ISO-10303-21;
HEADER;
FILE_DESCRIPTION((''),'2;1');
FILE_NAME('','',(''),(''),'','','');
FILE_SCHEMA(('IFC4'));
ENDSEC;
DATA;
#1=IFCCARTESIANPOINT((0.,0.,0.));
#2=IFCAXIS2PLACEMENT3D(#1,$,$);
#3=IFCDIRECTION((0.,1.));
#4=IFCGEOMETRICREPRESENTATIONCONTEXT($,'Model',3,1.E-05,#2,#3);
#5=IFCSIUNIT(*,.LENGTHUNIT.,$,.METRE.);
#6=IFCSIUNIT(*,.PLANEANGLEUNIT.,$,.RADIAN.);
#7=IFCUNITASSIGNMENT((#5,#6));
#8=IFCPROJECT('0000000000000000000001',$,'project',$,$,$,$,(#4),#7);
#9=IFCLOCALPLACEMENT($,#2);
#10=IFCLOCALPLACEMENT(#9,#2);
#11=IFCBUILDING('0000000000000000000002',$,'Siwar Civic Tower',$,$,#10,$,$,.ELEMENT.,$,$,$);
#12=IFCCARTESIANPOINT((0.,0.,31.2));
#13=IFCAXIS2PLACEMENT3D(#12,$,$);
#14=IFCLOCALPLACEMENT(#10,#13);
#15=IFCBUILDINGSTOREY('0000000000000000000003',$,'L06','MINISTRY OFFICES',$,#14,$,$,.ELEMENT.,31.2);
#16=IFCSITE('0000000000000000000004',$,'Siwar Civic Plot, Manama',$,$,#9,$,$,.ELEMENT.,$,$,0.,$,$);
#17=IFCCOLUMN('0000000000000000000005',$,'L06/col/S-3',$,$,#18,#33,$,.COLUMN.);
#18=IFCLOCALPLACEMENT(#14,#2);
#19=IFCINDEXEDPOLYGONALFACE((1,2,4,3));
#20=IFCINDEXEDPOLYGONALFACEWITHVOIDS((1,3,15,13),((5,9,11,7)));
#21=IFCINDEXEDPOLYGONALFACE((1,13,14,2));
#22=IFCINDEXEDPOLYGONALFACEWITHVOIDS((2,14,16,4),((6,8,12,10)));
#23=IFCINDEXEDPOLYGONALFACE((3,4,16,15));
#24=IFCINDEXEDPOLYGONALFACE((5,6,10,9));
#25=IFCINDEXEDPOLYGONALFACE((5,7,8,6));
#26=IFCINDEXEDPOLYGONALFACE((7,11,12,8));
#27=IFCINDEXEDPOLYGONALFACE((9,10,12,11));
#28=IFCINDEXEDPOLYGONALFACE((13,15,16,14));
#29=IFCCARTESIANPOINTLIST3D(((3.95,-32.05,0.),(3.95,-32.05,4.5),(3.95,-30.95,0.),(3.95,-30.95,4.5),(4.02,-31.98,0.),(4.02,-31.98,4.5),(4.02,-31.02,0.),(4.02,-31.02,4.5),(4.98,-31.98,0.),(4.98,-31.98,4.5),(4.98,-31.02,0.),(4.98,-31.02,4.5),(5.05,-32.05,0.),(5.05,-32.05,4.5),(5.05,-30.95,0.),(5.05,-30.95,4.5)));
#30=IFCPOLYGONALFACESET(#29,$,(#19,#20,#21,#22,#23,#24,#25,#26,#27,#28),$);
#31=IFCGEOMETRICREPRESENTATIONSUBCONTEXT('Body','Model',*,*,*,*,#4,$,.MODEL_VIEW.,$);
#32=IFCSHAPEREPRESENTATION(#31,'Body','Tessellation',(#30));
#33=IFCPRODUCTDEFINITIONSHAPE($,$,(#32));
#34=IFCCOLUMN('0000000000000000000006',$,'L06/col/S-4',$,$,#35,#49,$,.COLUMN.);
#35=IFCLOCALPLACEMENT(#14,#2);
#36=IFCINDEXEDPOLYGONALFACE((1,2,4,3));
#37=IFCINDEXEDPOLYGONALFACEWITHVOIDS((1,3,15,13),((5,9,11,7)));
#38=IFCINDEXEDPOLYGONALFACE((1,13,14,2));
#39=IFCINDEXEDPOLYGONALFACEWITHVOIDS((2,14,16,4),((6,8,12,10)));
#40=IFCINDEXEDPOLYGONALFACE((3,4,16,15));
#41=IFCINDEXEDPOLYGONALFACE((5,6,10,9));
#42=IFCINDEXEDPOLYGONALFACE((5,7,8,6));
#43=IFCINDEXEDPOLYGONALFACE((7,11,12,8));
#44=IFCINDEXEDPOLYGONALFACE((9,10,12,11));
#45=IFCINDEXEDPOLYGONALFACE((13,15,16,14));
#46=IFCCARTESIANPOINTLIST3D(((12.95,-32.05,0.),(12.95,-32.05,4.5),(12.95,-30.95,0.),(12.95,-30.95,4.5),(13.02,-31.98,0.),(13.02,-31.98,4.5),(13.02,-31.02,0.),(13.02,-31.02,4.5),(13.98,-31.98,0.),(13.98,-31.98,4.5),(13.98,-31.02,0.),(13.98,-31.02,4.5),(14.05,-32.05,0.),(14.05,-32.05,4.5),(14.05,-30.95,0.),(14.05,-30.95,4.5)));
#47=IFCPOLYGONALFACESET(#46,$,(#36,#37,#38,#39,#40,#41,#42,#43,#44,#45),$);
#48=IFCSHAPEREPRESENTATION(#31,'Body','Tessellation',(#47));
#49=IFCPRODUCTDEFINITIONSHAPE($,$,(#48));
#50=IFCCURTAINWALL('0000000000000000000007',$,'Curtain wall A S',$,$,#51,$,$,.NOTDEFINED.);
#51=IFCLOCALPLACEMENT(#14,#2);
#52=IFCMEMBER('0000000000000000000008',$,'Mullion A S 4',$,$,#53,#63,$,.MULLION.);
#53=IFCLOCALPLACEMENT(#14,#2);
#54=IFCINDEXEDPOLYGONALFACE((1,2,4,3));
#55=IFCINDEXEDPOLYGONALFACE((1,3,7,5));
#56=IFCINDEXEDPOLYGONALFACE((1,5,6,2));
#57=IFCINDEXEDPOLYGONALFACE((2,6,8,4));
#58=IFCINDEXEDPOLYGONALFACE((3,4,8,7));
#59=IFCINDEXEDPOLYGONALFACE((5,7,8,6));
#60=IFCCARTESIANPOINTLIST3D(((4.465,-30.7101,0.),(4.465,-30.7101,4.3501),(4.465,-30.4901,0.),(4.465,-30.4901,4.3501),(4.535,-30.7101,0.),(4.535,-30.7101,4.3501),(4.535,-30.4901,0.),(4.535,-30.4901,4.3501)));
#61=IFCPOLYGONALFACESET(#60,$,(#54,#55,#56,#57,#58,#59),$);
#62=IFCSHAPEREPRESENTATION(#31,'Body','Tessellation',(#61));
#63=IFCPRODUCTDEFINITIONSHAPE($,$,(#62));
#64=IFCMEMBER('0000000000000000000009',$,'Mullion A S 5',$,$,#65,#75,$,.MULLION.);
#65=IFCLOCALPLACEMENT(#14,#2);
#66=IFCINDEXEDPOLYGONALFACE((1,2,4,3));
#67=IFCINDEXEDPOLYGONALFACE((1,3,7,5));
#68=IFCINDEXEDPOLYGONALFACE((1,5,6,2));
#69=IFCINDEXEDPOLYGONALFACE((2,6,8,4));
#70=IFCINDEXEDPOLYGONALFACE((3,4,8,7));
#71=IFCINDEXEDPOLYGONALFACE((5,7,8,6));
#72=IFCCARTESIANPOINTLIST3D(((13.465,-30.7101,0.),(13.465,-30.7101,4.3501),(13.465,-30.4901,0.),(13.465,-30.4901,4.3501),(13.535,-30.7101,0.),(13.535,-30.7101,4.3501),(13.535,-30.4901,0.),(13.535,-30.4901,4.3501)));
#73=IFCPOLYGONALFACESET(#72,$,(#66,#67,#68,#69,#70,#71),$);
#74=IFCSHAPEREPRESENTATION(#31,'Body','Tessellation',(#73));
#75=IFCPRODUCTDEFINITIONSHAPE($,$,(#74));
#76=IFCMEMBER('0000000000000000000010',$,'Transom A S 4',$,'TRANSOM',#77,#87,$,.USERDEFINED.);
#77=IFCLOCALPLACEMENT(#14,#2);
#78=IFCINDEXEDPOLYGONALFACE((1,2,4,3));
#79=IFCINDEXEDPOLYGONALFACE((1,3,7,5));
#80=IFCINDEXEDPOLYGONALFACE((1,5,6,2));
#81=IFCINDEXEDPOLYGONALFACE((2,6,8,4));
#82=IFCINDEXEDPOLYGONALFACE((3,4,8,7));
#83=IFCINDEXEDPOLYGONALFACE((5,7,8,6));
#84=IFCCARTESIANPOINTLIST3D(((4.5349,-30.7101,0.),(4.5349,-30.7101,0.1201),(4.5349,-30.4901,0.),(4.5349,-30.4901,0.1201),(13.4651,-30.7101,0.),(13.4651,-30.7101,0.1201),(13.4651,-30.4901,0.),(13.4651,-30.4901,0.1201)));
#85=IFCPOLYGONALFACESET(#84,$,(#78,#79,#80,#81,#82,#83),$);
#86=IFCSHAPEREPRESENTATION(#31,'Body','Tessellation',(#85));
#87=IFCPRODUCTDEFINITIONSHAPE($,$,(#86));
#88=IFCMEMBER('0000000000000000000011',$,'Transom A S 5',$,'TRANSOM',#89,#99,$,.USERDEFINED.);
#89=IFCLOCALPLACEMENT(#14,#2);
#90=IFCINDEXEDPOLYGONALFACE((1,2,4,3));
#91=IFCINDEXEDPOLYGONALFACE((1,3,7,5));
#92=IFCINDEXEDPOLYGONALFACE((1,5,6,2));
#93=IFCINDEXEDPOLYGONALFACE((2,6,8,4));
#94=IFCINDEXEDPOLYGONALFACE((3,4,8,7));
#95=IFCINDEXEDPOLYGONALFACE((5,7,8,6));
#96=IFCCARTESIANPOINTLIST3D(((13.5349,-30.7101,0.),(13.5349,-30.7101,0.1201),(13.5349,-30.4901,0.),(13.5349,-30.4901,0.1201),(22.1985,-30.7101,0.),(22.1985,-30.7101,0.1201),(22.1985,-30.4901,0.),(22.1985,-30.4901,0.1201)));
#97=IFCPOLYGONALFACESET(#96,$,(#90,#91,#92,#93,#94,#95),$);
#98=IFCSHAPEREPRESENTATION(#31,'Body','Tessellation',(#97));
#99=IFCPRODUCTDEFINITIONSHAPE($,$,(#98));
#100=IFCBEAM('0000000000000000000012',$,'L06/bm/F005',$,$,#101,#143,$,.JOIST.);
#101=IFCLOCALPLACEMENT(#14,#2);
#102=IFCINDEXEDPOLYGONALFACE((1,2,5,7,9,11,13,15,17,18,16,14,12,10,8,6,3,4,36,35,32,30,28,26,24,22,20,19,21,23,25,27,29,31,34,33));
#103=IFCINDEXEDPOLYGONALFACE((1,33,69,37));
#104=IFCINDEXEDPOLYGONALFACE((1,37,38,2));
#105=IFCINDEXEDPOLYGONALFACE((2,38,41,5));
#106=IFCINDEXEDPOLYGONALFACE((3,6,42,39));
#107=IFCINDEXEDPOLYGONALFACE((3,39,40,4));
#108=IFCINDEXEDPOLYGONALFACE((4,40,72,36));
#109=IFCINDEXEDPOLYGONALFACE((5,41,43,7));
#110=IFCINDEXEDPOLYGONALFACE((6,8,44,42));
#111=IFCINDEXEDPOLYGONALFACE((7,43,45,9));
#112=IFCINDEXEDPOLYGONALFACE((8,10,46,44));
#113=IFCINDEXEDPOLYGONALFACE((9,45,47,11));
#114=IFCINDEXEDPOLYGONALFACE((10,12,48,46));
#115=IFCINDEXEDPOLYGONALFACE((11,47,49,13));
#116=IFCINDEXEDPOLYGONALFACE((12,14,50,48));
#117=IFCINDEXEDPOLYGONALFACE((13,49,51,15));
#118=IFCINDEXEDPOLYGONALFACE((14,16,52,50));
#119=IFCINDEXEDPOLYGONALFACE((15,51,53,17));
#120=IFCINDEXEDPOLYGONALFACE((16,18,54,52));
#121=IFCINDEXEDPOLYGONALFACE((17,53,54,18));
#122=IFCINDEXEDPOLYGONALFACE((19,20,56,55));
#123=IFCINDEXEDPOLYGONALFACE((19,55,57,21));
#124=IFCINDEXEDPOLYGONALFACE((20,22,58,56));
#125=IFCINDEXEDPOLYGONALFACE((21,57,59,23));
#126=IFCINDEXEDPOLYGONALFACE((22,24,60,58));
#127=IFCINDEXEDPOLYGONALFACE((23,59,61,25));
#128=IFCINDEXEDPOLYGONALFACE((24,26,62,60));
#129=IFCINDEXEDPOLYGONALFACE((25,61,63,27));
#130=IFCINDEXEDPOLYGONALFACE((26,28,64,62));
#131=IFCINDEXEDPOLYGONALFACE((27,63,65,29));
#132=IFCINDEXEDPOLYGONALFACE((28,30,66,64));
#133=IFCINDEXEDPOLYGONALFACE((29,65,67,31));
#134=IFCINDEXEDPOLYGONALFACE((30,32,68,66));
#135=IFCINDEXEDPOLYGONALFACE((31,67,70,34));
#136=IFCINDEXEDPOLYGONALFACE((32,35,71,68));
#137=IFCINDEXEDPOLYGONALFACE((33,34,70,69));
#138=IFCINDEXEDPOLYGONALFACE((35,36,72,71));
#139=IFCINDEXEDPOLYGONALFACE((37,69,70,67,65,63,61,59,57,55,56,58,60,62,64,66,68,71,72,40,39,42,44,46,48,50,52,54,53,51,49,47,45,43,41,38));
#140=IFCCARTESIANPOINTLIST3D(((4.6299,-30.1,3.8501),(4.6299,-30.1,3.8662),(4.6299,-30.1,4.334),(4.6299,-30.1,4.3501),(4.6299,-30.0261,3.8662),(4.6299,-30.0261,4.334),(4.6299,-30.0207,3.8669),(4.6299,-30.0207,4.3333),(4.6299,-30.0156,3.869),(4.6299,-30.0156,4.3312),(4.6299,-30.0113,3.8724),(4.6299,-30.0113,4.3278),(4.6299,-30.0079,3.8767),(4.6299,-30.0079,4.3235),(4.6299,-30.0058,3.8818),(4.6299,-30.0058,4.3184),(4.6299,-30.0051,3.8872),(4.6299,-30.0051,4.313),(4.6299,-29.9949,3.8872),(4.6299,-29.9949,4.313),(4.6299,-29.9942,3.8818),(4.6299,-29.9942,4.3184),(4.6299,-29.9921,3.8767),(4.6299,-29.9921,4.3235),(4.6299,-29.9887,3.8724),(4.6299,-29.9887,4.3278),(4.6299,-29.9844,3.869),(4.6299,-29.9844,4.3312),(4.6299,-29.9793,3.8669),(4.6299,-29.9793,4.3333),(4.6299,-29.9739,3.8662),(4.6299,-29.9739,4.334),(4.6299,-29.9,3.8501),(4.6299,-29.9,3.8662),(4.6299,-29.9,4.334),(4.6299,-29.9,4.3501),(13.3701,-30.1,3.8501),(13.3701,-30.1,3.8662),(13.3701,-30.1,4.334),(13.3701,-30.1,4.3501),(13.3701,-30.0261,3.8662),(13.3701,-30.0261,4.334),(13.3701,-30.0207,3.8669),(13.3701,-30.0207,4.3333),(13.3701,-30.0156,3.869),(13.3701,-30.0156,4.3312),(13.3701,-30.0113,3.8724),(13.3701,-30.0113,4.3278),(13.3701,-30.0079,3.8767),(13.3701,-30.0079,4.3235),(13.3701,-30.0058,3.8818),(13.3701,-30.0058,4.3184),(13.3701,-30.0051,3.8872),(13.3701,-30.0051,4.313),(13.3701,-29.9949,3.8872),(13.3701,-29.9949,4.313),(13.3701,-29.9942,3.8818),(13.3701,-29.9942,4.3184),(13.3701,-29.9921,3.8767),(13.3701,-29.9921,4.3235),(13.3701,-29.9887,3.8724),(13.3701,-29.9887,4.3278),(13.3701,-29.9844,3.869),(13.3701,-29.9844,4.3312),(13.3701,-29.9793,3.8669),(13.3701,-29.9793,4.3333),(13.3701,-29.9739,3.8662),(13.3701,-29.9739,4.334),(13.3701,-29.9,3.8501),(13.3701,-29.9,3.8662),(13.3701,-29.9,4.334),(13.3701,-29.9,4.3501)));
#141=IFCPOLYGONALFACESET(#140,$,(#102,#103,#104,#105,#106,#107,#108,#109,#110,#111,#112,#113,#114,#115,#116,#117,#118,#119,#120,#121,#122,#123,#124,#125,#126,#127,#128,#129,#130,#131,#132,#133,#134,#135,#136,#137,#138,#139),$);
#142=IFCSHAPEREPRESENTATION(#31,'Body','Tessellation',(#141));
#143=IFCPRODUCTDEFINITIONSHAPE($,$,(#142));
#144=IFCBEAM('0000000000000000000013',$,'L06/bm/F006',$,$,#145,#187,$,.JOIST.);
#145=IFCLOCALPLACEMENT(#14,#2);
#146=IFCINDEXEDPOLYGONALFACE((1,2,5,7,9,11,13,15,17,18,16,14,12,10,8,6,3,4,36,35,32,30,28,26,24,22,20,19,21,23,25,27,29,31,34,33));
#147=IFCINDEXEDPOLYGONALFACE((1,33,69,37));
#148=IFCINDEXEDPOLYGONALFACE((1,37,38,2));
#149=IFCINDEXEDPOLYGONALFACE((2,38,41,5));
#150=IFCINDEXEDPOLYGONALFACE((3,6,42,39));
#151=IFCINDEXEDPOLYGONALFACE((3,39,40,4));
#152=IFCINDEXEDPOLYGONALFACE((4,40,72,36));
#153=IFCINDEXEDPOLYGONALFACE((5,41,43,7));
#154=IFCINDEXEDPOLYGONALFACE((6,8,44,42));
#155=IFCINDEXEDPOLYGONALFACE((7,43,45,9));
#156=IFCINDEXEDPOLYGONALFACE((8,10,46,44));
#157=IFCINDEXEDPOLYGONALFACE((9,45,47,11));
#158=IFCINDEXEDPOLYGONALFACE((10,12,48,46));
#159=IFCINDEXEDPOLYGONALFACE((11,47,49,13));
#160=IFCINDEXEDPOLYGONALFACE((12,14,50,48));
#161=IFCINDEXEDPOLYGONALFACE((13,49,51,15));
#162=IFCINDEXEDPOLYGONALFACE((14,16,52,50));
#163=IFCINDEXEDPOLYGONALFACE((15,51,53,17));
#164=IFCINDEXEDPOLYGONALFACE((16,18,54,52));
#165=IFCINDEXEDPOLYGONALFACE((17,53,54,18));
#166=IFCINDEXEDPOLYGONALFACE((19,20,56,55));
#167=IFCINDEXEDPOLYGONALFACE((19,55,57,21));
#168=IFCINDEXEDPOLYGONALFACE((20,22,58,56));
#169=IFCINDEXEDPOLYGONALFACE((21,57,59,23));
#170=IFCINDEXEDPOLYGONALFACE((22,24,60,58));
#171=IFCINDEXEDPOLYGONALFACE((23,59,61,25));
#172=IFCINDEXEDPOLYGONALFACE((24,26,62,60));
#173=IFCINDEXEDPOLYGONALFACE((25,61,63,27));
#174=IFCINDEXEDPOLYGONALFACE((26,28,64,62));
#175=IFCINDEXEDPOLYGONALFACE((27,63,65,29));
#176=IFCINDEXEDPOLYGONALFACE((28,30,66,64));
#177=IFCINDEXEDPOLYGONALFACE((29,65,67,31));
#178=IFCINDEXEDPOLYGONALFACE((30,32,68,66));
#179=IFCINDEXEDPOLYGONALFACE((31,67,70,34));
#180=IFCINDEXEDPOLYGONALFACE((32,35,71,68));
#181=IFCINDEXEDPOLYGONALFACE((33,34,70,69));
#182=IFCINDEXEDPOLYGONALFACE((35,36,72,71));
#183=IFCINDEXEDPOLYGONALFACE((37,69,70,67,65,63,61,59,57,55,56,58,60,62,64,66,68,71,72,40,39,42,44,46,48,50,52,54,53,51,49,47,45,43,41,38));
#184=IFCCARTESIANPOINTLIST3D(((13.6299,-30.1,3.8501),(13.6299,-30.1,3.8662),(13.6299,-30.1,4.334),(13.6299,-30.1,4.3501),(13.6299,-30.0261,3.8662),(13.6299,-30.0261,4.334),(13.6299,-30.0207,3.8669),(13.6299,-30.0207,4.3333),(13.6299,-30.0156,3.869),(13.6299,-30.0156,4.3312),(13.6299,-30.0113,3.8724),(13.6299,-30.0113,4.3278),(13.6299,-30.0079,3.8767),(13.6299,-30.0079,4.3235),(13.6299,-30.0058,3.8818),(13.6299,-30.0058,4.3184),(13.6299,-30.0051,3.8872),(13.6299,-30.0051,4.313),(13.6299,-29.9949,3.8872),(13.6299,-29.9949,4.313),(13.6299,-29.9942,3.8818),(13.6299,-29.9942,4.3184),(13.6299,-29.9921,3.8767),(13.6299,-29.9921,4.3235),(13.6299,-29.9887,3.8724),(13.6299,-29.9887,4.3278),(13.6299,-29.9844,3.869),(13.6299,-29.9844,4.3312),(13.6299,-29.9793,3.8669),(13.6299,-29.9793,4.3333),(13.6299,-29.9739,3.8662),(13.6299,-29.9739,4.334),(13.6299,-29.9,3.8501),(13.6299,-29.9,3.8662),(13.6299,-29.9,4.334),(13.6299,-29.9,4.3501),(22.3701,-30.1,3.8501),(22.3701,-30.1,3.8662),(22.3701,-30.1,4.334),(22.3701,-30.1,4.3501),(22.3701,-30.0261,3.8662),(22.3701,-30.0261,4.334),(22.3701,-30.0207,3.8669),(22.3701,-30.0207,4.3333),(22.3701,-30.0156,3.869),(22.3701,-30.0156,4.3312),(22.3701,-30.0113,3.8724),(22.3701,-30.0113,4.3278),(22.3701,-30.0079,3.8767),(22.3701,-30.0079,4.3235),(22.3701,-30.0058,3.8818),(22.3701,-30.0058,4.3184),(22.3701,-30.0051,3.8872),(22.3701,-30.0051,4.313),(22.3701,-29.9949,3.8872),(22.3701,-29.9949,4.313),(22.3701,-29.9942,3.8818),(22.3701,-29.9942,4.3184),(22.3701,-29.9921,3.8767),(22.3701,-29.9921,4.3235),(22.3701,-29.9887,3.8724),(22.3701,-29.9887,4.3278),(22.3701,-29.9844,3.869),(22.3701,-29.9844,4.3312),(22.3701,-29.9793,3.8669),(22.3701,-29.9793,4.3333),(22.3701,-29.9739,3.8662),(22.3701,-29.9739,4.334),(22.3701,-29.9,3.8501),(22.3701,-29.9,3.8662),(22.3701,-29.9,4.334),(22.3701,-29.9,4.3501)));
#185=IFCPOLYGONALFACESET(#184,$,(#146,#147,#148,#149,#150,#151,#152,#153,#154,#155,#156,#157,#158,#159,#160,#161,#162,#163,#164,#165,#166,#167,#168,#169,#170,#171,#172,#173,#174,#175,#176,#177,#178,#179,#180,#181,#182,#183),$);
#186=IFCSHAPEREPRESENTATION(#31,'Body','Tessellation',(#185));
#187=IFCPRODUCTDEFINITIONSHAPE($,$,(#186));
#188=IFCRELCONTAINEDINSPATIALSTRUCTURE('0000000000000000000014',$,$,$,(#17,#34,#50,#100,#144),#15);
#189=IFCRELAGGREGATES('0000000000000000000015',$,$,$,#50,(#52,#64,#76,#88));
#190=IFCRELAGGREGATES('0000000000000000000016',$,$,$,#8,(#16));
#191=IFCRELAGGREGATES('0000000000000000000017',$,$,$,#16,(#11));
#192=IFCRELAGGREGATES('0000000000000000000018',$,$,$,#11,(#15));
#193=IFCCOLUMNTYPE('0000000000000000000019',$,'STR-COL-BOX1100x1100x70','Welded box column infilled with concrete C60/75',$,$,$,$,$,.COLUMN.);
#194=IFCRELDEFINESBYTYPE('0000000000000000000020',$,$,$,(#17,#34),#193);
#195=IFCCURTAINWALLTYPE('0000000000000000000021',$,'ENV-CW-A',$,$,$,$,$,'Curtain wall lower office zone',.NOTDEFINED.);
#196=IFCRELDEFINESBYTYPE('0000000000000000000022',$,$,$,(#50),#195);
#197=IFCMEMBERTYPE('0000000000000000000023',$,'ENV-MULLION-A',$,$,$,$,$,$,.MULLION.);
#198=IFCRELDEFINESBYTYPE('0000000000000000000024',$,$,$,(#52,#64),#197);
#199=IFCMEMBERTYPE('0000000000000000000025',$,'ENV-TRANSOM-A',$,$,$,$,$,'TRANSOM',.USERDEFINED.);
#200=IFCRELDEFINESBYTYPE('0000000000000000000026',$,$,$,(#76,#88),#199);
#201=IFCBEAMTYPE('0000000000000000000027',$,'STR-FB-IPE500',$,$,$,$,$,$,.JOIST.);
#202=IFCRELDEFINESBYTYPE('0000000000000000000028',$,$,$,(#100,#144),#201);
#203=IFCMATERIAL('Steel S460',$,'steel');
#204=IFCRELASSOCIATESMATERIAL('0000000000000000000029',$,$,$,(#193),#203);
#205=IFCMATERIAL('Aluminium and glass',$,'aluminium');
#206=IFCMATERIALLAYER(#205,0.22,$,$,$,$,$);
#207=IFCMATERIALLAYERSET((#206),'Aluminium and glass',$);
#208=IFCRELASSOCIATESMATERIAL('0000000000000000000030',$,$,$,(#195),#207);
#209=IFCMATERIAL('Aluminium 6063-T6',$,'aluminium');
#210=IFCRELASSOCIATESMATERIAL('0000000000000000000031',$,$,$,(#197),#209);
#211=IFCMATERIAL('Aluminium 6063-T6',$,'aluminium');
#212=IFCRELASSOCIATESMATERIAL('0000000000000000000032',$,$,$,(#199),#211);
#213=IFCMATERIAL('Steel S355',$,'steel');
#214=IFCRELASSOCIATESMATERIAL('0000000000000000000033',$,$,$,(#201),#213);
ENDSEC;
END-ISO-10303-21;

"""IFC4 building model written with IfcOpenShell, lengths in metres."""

from ifc_helpers import new_model, si_unit, direction, frame, origin, origin_2d, place, context, subcontext, project, spatial, rectangle, hollow_rectangle, i_section, extrude, material, layer, layer_set, material_profile, profile_set, type_object, element, aggregate, save


model = new_model("IFC4")

# Units and contexts
model_context = context("Model", 3, precision=1e-05, world=origin(), true_north=direction((0.0, 1.0)))
body_context = subcontext(model_context, "Body", "Model", "MODEL_VIEW")
ifc_project = project(units=[si_unit("LENGTHUNIT", "METRE"), si_unit("PLANEANGLEUNIT", "RADIAN")], contexts=[model_context])

# Site, building, storey
site_placement = place(None, origin())
site = spatial("IfcSite", under=ifc_project, at=site_placement, Name="Siwar Civic Plot, Manama", CompositionType="ELEMENT", RefElevation=0.0)
building_placement = place(site_placement, origin())
building = spatial("IfcBuilding", under=site, at=building_placement, Name="Siwar Civic Tower", CompositionType="ELEMENT")
storey_placement = place(building_placement, frame((0.0, 0.0, 31.2)))
storey = spatial("IfcBuildingStorey", under=building, at=storey_placement, Name="L06", Description="MINISTRY OFFICES", CompositionType="ELEMENT", Elevation=31.2)

# Columns
ifc_material_1 = material(Name="Steel S460", Category="steel")
ifc_material_profile_1 = material_profile(ifc_material_1, hollow_rectangle(XDim=1.1001, YDim=1.1001, WallThickness=0.0701, at=origin_2d()), Name="BOX1100x1100x70")
ifc_profile_set_1 = profile_set([ifc_material_profile_1], Name="Steel S460")
column_type = type_object("IfcColumnType", Name="STR-COL-BOX1100x1100x70", Description="Welded box column infilled with concrete C60/75", PredefinedType="COLUMN", material=ifc_profile_set_1)
for number, where, z_axis, x_axis, name in (
    (1, (4.5, -31.5, 0.0), (0.0, 0.0, 1.0), (1.0, 0.0, 0.0), "L06/col/S-3"),
    (2, (13.5, -31.5, 0.0), (0.0, 0.0, 1.0), (1.0, 0.0, 0.0), "L06/col/S-4"),
):
    element("IfcColumn", number, at=place(storey_placement, frame(where, z_axis=z_axis, x_axis=x_axis)), inside=storey, type_object=column_type, Name=name, PredefinedType="COLUMN", context=body_context, shape_type="SweptSolid", body=[
        extrude(hollow_rectangle(XDim=1.1001, YDim=1.1001, WallThickness=0.0701, at=origin_2d()), origin(), (0.0, 0.0, 1.0), 4.5),
    ])

# Curtain wall, members
ifc_material_2 = material(Name="Aluminium and glass", Category="aluminium")
ifc_layer_1 = layer(ifc_material_2, 0.22)
ifc_layer_set_1 = layer_set([ifc_layer_1], Name="Aluminium and glass")
curtain_wall_type = type_object("IfcCurtainWallType", Name="ENV-CW-A", ElementType="Curtain wall lower office zone", PredefinedType="NOTDEFINED", material=ifc_layer_set_1)
curtain_wall_placement = place(storey_placement, origin())
curtain_wall = element("IfcCurtainWall", 3, at=curtain_wall_placement, inside=storey, type_object=curtain_wall_type, Name="Curtain wall A S", PredefinedType="NOTDEFINED")
ifc_material_3 = material(Name="Aluminium 6063-T6", Category="aluminium")
ifc_material_profile_2 = material_profile(ifc_material_3, rectangle(XDim=0.22, YDim=0.0701, at=origin_2d()), Name="AL 220x70")
ifc_profile_set_2 = profile_set([ifc_material_profile_2], Name="Aluminium 6063-T6")
member_type_1 = type_object("IfcMemberType", Name="ENV-MULLION-A", PredefinedType="MULLION", material=ifc_profile_set_2)
member_1_placement = place(storey_placement, frame((4.5, -30.6001, 0.0), z_axis=(0.0, 0.0, 1.0), x_axis=(0.0, 1.0, 0.0)))
member_1 = element("IfcMember", 4, at=member_1_placement, type_object=member_type_1, Name="Mullion A S 4", PredefinedType="MULLION", context=body_context, shape_type="SweptSolid", body=[
    extrude(rectangle(XDim=0.22, YDim=0.0701, at=origin_2d()), origin(), (0.0, 0.0, 1.0), 4.3501),
])
member_2_placement = place(storey_placement, frame((13.5, -30.6001, 0.0), z_axis=(0.0, 0.0, 1.0), x_axis=(0.0, 1.0, 0.0)))
member_2 = element("IfcMember", 5, at=member_2_placement, type_object=member_type_1, Name="Mullion A S 5", PredefinedType="MULLION", context=body_context, shape_type="SweptSolid", body=[
    extrude(rectangle(XDim=0.22, YDim=0.0701, at=origin_2d()), origin(), (0.0, 0.0, 1.0), 4.3501),
])
ifc_material_4 = material(Name="Aluminium 6063-T6", Category="aluminium")
ifc_material_profile_3 = material_profile(ifc_material_4, rectangle(XDim=0.22, YDim=0.1201, at=origin_2d()), Name="AL 220x120")
ifc_profile_set_3 = profile_set([ifc_material_profile_3], Name="Aluminium 6063-T6")
member_type_2 = type_object("IfcMemberType", Name="ENV-TRANSOM-A", ElementType="TRANSOM", PredefinedType="USERDEFINED", material=ifc_profile_set_3)
member_3_placement = place(storey_placement, frame((4.5349, -30.6001, 0.0601), z_axis=(1.0, 0.0, 0.0), x_axis=(0.0, 1.0, 0.0)))
member_3 = element("IfcMember", 6, at=member_3_placement, type_object=member_type_2, Name="Transom A S 4", ObjectType="TRANSOM", PredefinedType="USERDEFINED", context=body_context, shape_type="SweptSolid", body=[
    extrude(rectangle(XDim=0.22, YDim=0.1201, at=origin_2d()), origin(), (0.0, 0.0, 1.0), 8.9302),
])
member_4_placement = place(storey_placement, frame((13.5349, -30.6001, 0.0601), z_axis=(1.0, 0.0, 0.0), x_axis=(0.0, 1.0, 0.0)))
member_4 = element("IfcMember", 7, at=member_4_placement, type_object=member_type_2, Name="Transom A S 5", ObjectType="TRANSOM", PredefinedType="USERDEFINED", context=body_context, shape_type="SweptSolid", body=[
    extrude(rectangle(XDim=0.22, YDim=0.1201, at=origin_2d()), origin(), (0.0, 0.0, 1.0), 8.6636),
])

# Beams
ifc_material_5 = material(Name="Steel S355", Category="steel")
ifc_material_profile_4 = material_profile(ifc_material_5, i_section(OverallWidth=0.2, OverallDepth=0.5, WebThickness=0.0103, FlangeThickness=0.0161, FilletRadius=0.021, at=origin_2d()), Name="IPE500")
ifc_profile_set_4 = profile_set([ifc_material_profile_4], Name="Steel S355")
beam_type_1 = type_object("IfcBeamType", Name="STR-FB-IPE500", PredefinedType="JOIST", material=ifc_profile_set_4)
for number, where, z_axis, x_axis, name in (
    (8, (4.6299, -30.0, 4.1001), (1.0, 0.0, 0.0), (0.0, 1.0, 0.0), "L06/bm/F005"),
    (9, (13.6299, -30.0, 4.1001), (1.0, 0.0, 0.0), (0.0, 1.0, 0.0), "L06/bm/F006"),
):
    element("IfcBeam", number, at=place(storey_placement, frame(where, z_axis=z_axis, x_axis=x_axis)), inside=storey, type_object=beam_type_1, Name=name, PredefinedType="JOIST", context=body_context, shape_type="SweptSolid", body=[
        extrude(i_section(OverallWidth=0.2, OverallDepth=0.5, WebThickness=0.0103, FlangeThickness=0.0161, FilletRadius=0.021, at=origin_2d()), origin(), (0.0, 0.0, 1.0), 8.7402),
    ])

aggregate(curtain_wall, [member_1, member_2, member_3, member_4])

save(model, "model.ifc")
